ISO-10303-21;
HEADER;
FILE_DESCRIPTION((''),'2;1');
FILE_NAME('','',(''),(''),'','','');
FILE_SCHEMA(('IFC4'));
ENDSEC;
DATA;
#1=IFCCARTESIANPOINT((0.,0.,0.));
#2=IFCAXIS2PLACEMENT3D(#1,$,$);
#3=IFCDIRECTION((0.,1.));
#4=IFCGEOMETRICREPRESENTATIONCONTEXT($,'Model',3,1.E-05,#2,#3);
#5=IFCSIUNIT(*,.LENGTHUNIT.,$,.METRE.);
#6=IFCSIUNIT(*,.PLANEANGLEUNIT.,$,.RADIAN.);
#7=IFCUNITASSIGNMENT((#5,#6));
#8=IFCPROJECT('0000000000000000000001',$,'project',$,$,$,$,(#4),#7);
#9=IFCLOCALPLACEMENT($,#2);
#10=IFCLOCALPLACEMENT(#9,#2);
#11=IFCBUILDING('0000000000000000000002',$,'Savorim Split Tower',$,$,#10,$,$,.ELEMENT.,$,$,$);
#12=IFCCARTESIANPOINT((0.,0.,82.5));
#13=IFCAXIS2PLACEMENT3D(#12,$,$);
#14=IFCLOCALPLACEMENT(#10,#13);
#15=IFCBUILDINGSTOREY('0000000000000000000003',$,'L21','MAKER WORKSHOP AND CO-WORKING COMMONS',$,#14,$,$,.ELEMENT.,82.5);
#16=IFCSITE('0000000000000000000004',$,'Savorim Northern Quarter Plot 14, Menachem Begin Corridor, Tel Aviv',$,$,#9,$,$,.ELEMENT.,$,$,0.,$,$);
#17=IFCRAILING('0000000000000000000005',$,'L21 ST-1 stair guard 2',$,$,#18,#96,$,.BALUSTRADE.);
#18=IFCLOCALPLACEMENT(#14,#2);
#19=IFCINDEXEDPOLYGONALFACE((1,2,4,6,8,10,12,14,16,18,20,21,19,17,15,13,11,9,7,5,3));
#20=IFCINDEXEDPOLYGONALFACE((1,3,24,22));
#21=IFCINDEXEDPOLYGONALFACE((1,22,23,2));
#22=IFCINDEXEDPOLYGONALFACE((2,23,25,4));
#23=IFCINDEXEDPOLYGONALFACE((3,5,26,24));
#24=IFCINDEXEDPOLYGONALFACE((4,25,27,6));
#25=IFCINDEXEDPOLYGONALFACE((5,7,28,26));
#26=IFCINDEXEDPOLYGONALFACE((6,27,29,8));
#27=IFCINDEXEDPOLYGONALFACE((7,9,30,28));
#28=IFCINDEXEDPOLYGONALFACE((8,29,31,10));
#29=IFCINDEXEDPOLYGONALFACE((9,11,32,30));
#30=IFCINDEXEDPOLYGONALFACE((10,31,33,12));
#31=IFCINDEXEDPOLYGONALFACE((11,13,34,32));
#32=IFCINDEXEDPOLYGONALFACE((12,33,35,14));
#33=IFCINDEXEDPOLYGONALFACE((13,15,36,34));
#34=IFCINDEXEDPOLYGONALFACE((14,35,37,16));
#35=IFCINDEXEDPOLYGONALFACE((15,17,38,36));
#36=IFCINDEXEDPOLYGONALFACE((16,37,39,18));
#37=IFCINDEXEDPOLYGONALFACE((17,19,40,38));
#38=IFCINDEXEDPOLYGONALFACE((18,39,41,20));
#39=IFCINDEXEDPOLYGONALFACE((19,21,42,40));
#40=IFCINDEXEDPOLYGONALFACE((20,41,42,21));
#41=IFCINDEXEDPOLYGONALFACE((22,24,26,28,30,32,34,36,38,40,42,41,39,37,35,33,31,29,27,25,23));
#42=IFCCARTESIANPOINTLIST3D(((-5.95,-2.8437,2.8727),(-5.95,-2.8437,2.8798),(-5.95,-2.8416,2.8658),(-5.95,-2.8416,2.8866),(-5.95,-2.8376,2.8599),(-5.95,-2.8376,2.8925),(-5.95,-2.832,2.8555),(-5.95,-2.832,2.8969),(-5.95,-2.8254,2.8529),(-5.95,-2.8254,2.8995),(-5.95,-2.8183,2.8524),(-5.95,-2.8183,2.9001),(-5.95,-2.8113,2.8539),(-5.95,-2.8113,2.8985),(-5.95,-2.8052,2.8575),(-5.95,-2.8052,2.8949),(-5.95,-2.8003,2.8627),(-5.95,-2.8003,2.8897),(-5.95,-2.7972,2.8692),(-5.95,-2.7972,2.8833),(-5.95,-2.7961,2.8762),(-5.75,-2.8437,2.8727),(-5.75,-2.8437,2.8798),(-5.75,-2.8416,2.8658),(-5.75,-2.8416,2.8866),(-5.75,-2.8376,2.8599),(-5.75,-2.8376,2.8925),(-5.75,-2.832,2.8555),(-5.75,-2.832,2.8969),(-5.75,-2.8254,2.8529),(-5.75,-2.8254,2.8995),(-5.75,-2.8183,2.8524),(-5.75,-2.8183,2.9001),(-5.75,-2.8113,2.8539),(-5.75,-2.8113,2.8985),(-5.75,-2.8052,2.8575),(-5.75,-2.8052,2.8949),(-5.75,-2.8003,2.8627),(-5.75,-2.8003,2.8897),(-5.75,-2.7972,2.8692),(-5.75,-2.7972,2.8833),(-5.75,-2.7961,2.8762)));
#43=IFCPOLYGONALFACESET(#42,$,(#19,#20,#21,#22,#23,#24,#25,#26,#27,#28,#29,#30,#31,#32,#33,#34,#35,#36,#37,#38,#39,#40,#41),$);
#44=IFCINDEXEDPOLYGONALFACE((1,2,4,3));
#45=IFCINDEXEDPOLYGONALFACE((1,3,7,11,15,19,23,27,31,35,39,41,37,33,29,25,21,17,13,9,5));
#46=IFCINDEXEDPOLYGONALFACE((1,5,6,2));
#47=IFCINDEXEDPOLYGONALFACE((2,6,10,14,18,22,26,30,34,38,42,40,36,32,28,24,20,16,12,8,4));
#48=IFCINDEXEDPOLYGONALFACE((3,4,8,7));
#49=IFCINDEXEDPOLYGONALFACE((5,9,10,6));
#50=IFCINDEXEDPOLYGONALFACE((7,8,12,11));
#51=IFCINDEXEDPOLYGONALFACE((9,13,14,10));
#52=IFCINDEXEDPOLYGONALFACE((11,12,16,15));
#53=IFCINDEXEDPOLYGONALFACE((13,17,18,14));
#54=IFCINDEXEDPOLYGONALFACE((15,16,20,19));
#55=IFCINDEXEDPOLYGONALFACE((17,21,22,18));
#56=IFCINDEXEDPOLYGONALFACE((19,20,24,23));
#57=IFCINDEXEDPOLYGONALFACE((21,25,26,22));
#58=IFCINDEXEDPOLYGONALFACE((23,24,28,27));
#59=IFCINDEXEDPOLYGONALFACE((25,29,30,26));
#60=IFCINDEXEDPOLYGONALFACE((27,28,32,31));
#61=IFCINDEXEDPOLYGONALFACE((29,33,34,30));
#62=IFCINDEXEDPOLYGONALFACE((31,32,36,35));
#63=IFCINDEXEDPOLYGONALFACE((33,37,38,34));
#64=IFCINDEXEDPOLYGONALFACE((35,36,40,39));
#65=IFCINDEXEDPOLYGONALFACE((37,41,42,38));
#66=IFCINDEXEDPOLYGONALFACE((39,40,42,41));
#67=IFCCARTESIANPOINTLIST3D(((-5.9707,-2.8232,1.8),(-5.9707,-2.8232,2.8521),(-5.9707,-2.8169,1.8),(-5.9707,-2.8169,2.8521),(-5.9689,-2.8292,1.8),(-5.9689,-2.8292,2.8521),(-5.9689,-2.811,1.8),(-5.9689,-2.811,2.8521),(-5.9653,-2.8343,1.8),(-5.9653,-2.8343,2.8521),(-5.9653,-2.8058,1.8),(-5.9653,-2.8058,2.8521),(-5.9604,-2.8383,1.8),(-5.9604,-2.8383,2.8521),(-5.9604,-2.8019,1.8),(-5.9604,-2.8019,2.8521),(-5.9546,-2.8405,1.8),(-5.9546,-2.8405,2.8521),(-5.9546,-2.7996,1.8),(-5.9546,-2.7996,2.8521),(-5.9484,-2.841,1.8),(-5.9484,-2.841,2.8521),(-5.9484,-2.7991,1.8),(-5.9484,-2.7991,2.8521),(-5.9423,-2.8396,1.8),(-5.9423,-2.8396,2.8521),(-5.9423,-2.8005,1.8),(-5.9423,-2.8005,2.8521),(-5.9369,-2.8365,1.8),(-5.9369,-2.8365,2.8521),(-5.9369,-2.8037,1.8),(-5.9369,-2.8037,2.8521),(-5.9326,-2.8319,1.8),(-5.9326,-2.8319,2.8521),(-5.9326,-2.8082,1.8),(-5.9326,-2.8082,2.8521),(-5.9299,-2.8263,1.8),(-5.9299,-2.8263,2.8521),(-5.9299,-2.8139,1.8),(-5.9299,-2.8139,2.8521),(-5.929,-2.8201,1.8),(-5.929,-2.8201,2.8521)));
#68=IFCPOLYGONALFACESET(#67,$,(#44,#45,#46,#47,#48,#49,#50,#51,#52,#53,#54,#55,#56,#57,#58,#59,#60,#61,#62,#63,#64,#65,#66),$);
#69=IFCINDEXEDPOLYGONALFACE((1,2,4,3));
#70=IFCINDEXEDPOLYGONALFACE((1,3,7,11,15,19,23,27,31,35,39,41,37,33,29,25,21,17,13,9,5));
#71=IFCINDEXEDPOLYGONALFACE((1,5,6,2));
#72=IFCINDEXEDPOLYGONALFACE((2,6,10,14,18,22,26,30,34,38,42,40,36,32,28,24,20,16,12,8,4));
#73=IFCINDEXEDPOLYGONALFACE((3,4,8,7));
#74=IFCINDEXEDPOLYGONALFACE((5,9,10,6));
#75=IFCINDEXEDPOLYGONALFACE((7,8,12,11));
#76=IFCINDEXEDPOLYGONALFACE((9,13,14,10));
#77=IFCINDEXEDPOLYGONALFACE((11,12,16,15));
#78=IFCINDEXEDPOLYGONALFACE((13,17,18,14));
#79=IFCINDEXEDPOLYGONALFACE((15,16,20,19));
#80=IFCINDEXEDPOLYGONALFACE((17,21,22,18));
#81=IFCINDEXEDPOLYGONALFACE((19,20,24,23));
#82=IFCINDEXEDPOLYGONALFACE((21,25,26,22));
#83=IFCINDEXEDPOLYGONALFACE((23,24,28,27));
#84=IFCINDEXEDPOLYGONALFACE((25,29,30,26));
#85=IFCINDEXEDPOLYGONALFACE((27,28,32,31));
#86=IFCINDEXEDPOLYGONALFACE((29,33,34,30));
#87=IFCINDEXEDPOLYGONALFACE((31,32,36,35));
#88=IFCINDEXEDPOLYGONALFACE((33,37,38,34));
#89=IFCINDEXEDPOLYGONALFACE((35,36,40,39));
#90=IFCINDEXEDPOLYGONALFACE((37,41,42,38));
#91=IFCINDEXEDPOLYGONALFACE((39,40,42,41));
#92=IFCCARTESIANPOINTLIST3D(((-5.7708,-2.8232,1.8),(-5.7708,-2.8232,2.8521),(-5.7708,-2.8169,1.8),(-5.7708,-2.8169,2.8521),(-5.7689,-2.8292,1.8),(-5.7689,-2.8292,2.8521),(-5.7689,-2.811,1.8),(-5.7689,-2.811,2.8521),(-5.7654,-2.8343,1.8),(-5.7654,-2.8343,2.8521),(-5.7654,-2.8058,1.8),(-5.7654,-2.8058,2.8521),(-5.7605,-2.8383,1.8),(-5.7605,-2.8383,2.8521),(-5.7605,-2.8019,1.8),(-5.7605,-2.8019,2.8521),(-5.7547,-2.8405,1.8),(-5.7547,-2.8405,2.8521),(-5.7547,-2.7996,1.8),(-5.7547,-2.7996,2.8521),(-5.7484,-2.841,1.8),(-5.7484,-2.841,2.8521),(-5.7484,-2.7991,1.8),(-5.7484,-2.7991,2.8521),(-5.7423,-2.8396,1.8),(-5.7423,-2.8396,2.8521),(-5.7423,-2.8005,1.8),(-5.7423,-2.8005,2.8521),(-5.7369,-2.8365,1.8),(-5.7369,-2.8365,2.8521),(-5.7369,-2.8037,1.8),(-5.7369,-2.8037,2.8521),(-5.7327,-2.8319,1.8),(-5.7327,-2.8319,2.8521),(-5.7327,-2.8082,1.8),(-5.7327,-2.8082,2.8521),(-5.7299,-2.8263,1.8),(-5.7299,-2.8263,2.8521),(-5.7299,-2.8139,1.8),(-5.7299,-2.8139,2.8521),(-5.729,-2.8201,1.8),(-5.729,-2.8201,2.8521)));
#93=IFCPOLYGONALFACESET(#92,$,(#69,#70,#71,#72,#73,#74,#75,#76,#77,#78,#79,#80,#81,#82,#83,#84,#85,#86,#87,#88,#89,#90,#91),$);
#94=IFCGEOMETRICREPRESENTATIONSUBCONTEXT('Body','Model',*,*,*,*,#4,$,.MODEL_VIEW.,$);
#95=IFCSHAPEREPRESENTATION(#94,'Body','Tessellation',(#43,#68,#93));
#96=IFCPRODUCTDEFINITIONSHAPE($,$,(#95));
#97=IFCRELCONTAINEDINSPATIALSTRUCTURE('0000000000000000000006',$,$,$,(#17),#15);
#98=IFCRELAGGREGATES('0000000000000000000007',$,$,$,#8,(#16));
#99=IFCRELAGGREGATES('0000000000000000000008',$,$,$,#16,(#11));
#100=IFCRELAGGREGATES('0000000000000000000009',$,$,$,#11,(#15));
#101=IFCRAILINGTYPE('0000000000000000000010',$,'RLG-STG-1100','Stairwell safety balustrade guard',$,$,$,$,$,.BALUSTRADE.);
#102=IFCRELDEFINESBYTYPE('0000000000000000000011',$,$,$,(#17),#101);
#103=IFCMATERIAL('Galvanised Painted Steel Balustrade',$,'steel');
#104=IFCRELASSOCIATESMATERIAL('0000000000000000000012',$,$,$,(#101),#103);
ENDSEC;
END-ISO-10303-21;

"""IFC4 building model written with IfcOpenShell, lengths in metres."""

from ifc_helpers import new_model, si_unit, direction, frame, origin, origin_2d, place, context, subcontext, project, spatial, circle, extrude, material, type_object, element, save


model = new_model("IFC4")

# Units and contexts
model_context = context("Model", 3, precision=1e-05, world=origin(), true_north=direction((0.0, 1.0)))
body_context = subcontext(model_context, "Body", "Model", "MODEL_VIEW")
ifc_project = project(units=[si_unit("LENGTHUNIT", "METRE"), si_unit("PLANEANGLEUNIT", "RADIAN")], contexts=[model_context])

# Site, building, storey
site_placement = place(None, origin())
site = spatial("IfcSite", under=ifc_project, at=site_placement, Name="Savorim Northern Quarter Plot 14, Menachem Begin Corridor, Tel Aviv", CompositionType="ELEMENT", RefElevation=0.0)
building_placement = place(site_placement, origin())
building = spatial("IfcBuilding", under=site, at=building_placement, Name="Savorim Split Tower", CompositionType="ELEMENT")
storey_placement = place(building_placement, frame((0.0, 0.0, 82.5)))
storey = spatial("IfcBuildingStorey", under=building, at=storey_placement, Name="L21", Description="MAKER WORKSHOP AND CO-WORKING COMMONS", CompositionType="ELEMENT", Elevation=82.5)

# Railing
ifc_material_1 = material(Name="Galvanised Painted Steel Balustrade", Category="steel")
railing_type_1 = type_object("IfcRailingType", Name="RLG-STG-1100", Description="Stairwell safety balustrade guard", PredefinedType="BALUSTRADE", material=ifc_material_1)
railing_1_placement = place(storey_placement, frame((-5.95, -2.8201, 1.8)))
element("IfcRailing", 1, at=railing_1_placement, inside=storey, type_object=railing_type_1, Name="L21 ST-1 stair guard 2", PredefinedType="BALUSTRADE", context=body_context, shape_type="SweptSolid", body=[
    extrude(circle(Radius=0.0239, at=origin_2d()), frame((0.0, 0.0, 1.0762), z_axis=(1.0, 0.0, 0.0), x_axis=(0.0, 1.0, 0.0)), (0.0, 0.0, 1.0), 0.2),
    extrude(circle(Radius=0.021, at=origin_2d()), origin(), (0.0, 0.0, 1.0), 1.052),
    extrude(circle(Radius=0.021, at=origin_2d()), frame((0.2, 0.0, 0.0)), (0.0, 0.0, 1.0), 1.052),
])

save(model, "model.ifc")
